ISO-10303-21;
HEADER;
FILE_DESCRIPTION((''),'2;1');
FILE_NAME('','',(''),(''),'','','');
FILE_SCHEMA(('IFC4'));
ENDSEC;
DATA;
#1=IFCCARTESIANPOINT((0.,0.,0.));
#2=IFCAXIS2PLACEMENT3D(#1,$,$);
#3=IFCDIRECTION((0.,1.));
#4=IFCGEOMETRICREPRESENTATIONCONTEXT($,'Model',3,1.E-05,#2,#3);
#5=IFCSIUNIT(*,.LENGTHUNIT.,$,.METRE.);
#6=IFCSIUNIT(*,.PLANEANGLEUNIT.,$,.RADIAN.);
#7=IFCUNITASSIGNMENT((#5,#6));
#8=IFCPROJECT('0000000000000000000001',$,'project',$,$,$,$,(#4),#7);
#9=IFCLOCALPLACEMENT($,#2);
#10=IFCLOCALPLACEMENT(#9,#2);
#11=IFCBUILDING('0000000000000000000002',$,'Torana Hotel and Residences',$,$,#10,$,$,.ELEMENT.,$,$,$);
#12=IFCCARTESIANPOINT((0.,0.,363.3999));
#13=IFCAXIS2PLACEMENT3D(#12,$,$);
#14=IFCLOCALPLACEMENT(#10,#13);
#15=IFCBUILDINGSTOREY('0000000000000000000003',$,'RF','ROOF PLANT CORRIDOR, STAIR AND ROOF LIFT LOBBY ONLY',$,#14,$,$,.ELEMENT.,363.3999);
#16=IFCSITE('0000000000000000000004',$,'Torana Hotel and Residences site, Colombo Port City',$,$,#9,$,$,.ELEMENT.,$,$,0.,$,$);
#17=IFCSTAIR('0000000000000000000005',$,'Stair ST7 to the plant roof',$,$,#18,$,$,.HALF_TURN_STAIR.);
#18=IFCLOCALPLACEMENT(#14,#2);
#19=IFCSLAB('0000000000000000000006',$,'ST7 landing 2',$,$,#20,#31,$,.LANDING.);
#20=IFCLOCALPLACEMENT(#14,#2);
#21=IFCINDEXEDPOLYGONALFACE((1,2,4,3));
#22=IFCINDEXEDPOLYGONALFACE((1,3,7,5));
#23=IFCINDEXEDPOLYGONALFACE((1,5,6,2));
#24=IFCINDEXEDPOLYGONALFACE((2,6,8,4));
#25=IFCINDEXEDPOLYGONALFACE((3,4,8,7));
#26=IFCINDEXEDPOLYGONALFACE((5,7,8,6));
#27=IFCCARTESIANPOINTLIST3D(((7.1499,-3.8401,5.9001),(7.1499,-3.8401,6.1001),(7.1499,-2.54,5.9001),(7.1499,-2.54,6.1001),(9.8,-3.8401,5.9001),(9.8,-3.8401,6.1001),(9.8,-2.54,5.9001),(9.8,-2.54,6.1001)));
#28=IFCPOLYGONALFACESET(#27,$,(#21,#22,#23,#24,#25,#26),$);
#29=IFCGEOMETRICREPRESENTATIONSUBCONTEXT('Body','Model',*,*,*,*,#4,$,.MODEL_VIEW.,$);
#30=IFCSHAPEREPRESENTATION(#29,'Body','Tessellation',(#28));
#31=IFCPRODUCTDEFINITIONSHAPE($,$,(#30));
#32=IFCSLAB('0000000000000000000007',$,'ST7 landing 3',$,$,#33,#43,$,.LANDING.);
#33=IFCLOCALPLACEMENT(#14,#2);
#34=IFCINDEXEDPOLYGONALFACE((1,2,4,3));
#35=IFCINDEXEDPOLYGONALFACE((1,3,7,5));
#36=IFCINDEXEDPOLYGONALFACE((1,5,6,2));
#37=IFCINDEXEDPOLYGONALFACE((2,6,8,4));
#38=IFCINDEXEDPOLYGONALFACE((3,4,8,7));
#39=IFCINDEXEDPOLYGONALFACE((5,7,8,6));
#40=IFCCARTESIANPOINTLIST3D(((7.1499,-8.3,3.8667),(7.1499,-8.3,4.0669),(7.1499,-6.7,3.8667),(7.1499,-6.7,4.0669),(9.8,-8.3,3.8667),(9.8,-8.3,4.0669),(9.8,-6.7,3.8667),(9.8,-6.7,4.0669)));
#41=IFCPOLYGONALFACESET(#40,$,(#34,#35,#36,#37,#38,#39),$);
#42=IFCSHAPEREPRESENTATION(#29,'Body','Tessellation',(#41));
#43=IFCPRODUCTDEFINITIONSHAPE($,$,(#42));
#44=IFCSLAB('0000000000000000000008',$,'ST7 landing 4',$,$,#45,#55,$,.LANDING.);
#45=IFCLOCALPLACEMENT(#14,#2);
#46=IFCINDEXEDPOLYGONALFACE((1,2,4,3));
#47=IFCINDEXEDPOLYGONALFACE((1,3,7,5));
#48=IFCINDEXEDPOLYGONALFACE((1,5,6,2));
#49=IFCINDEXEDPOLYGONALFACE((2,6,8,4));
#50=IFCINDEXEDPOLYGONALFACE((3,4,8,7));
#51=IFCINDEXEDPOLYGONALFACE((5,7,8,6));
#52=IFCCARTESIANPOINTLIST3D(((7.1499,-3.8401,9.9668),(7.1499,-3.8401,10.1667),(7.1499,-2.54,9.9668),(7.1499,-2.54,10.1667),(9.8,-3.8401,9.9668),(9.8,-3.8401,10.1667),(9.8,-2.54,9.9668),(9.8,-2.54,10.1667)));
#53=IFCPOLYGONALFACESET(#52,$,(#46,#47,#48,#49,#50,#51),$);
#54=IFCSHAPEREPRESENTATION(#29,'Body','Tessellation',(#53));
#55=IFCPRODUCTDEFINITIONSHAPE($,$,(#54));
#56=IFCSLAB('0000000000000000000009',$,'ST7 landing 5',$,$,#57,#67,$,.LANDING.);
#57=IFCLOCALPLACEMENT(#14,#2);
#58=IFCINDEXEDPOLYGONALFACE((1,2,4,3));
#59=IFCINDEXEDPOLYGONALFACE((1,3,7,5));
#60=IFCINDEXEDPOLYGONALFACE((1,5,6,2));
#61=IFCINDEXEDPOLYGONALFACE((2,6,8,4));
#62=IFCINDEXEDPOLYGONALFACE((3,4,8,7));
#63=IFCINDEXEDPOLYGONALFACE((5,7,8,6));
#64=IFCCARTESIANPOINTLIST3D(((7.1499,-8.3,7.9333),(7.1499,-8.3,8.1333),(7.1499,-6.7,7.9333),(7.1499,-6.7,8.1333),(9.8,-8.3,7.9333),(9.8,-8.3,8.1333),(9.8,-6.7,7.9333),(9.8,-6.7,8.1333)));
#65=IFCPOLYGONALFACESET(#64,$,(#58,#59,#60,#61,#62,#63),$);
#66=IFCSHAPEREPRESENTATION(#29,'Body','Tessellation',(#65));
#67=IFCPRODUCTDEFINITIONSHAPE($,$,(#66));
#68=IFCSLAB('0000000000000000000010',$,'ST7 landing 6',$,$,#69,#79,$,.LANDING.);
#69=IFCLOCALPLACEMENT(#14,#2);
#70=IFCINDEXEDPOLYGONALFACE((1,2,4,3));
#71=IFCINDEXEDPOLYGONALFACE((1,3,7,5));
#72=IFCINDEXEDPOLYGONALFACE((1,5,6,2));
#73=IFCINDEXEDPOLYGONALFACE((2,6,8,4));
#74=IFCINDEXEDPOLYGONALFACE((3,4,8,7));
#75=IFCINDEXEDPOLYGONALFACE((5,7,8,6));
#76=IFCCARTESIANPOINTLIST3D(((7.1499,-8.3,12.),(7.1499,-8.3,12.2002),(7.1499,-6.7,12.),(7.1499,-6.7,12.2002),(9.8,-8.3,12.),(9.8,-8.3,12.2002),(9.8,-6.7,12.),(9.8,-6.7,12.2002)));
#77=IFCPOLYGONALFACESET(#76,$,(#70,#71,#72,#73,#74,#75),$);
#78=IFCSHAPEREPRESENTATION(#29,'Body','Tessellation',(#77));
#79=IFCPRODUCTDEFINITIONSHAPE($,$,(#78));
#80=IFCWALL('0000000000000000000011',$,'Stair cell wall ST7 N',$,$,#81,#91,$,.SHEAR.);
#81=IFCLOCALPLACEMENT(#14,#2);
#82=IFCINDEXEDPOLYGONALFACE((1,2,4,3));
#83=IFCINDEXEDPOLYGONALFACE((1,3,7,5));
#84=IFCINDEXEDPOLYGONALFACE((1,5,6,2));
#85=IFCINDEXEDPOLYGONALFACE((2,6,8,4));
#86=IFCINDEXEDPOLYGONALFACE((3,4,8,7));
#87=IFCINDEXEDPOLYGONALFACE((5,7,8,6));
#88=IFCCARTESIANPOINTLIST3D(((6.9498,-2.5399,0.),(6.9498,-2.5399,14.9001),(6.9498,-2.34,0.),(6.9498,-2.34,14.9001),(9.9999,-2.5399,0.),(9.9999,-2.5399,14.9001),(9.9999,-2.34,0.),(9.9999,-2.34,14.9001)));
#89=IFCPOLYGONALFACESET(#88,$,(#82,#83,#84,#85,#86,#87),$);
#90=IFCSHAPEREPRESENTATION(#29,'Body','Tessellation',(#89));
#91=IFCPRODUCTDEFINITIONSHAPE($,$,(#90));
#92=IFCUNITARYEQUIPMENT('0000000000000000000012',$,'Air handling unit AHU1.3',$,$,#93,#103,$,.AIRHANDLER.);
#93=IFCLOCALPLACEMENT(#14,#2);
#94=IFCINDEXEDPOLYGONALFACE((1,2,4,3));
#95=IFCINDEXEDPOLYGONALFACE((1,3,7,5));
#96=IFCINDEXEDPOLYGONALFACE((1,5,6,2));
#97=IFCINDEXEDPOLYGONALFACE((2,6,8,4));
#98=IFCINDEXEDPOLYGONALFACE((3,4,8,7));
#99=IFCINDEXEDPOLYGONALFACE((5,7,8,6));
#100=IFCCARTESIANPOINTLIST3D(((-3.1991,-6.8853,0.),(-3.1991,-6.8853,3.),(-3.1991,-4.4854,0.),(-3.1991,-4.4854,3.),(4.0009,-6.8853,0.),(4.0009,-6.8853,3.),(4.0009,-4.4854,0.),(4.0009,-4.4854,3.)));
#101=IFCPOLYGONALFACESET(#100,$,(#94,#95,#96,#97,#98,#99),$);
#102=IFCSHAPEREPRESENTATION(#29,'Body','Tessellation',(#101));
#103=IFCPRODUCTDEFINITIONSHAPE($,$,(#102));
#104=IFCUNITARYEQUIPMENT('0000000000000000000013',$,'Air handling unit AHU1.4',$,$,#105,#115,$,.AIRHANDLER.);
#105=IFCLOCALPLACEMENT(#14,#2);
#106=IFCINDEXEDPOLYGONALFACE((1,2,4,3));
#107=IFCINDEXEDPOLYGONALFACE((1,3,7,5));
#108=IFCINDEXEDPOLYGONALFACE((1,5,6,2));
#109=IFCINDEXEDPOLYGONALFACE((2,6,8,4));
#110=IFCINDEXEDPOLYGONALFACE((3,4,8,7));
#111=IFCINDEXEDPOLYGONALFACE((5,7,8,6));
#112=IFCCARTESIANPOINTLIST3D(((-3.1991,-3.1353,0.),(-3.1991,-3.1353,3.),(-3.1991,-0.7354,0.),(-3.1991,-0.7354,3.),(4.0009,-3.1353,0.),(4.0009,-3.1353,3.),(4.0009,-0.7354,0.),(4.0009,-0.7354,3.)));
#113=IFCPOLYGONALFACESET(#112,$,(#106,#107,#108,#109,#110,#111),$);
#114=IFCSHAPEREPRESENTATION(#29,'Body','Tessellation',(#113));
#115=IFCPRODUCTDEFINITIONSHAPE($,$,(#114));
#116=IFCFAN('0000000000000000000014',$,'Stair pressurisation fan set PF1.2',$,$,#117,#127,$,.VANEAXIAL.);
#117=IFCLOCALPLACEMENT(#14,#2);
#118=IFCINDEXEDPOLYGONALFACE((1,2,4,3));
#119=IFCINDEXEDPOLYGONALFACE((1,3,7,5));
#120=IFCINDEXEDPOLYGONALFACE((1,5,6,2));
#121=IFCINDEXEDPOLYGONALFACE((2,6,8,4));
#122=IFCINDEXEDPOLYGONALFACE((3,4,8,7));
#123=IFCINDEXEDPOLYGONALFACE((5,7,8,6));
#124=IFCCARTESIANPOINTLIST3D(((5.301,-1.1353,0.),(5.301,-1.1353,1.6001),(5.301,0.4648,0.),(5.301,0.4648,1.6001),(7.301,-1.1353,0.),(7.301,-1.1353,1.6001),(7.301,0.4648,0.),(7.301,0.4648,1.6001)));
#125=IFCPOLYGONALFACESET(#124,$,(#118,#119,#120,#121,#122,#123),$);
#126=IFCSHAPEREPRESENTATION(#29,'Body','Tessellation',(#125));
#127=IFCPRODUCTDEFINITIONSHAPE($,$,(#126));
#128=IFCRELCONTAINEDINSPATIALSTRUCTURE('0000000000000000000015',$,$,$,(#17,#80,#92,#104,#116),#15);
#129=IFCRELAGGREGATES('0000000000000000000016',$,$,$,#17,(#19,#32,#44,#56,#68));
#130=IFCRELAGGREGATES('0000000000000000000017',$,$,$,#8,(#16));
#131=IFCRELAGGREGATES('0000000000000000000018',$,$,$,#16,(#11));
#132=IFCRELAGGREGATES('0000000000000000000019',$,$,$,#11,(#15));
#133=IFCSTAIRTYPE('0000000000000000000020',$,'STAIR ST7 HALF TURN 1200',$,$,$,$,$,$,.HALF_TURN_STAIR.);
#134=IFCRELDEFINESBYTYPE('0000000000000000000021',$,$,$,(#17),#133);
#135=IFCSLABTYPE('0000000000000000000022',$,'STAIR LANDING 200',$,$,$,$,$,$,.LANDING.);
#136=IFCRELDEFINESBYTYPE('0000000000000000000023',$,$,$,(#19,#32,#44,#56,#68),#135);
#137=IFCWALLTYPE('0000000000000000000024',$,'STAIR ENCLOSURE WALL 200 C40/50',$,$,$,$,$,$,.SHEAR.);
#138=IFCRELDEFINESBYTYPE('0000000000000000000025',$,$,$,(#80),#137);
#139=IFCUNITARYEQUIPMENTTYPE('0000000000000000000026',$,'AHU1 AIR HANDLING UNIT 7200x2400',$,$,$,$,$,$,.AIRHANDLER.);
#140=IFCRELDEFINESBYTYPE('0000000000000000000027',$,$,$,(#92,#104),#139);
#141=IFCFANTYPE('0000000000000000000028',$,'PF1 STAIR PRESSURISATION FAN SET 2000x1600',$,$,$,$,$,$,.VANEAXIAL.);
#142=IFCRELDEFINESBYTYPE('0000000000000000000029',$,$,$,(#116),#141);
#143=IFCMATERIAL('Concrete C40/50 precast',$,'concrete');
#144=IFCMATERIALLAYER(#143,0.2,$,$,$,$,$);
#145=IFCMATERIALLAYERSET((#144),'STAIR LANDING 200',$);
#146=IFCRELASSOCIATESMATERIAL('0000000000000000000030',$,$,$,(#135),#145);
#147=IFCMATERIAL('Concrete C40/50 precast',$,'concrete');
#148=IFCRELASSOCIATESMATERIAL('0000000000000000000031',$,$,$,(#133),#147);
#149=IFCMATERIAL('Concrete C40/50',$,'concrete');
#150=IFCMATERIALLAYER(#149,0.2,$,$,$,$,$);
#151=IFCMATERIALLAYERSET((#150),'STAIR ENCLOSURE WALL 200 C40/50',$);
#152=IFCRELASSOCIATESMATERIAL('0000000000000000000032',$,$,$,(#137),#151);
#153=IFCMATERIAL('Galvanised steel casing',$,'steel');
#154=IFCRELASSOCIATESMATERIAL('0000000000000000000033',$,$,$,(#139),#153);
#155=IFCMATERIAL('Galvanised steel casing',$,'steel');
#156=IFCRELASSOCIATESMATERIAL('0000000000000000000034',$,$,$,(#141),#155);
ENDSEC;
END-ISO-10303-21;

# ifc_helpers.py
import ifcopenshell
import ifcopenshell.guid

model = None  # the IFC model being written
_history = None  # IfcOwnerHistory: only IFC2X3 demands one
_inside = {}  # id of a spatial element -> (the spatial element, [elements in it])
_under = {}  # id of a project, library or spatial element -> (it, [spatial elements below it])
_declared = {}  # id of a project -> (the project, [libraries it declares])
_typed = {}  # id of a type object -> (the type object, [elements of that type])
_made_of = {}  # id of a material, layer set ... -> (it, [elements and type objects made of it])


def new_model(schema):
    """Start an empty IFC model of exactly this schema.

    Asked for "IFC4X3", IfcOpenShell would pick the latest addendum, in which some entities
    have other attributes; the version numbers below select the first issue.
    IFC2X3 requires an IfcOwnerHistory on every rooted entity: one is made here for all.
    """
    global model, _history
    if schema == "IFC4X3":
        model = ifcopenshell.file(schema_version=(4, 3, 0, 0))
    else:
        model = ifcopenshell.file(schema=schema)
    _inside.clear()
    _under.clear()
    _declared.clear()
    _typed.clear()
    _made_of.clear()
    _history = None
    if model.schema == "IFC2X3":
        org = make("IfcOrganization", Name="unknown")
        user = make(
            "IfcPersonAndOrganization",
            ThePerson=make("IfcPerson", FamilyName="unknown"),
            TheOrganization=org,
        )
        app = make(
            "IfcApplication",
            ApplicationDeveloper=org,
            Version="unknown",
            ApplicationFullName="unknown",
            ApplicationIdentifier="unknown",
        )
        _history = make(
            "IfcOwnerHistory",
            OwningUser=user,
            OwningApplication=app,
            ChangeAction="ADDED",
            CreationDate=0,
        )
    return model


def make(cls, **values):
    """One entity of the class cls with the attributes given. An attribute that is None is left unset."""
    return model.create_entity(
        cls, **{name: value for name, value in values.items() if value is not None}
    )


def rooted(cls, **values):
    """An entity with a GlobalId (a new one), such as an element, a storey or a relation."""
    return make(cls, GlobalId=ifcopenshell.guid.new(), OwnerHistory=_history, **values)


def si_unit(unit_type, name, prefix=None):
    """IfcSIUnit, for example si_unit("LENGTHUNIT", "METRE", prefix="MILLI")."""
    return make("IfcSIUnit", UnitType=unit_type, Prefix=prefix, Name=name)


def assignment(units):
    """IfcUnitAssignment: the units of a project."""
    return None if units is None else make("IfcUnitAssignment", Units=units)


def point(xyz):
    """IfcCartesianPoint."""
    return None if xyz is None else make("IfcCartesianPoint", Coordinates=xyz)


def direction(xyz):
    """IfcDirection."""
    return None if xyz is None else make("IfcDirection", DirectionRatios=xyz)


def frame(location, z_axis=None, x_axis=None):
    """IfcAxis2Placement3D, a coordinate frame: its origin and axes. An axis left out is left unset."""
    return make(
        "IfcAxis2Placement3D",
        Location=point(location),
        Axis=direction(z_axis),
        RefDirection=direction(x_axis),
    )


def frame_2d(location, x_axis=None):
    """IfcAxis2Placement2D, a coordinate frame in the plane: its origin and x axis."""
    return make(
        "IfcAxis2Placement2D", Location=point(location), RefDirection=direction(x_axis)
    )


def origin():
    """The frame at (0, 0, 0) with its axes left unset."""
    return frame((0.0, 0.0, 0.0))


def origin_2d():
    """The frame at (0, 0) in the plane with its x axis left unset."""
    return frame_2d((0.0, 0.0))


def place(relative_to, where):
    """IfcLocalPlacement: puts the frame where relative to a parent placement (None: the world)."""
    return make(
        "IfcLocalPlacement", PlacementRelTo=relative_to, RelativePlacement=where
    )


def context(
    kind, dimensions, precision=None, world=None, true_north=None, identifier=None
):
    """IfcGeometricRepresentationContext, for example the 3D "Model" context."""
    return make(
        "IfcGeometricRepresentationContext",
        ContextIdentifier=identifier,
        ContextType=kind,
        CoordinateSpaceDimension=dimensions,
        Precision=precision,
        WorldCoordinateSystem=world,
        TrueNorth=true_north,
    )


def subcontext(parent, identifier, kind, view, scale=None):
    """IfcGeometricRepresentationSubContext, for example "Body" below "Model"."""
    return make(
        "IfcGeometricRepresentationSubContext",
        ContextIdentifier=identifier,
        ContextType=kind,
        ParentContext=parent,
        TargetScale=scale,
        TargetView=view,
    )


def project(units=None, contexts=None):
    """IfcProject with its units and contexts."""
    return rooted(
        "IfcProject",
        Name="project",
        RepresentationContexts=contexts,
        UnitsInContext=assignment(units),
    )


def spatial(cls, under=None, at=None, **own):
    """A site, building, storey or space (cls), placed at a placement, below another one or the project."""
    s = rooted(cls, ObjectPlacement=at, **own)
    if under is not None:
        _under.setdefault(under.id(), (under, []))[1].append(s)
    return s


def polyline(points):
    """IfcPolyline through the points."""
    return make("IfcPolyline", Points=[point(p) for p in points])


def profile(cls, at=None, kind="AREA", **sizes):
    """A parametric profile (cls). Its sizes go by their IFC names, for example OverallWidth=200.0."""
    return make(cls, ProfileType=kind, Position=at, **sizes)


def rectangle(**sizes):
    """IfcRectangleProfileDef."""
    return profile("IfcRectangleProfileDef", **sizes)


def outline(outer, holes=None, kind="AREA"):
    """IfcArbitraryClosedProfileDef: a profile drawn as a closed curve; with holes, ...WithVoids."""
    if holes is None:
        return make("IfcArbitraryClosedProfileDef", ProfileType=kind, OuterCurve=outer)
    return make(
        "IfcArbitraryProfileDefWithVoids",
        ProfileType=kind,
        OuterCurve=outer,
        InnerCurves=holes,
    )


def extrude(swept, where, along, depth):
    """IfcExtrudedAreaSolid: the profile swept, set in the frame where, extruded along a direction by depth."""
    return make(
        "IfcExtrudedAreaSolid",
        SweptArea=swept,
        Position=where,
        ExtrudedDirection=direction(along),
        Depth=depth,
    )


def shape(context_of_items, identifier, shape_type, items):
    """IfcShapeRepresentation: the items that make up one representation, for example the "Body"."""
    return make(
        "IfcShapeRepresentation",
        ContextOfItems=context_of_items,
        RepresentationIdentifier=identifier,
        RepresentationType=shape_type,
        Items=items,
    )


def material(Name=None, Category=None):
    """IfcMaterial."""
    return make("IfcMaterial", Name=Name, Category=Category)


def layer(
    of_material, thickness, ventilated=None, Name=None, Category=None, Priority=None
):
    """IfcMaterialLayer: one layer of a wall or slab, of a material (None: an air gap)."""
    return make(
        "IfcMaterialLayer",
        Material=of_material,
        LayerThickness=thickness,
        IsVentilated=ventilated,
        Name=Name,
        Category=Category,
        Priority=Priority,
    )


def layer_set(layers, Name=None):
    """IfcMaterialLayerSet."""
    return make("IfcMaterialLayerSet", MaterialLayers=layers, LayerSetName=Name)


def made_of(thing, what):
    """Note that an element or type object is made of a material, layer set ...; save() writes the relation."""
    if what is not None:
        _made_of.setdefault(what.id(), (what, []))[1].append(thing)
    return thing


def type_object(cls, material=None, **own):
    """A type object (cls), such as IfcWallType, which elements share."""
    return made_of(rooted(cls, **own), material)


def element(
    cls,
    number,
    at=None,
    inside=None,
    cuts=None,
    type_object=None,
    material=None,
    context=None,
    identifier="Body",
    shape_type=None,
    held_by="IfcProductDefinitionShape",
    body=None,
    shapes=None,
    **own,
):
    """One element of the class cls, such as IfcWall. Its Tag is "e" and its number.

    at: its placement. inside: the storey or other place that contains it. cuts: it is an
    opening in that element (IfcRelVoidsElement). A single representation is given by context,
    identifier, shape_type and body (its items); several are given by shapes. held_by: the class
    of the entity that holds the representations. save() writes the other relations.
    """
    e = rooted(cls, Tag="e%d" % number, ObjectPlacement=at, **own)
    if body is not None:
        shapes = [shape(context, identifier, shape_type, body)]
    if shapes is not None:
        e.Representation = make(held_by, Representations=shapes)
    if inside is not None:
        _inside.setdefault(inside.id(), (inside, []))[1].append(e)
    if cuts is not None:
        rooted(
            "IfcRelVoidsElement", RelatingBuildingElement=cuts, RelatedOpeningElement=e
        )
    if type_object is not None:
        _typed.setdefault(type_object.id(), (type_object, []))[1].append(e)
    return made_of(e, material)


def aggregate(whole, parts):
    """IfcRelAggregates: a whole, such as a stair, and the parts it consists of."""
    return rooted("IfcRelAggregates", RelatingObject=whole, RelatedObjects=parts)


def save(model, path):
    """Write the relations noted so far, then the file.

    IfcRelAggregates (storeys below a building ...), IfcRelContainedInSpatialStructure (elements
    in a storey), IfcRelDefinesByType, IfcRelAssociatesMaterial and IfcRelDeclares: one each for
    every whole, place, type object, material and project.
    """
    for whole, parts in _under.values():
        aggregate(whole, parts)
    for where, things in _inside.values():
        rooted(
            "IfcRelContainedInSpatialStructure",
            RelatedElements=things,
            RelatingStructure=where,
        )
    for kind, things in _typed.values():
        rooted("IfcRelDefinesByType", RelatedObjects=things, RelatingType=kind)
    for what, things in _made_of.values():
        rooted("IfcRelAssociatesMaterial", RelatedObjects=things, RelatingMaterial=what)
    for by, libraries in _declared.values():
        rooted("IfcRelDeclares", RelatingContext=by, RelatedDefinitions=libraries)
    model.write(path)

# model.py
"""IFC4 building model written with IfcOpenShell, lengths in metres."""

from ifc_helpers import new_model, si_unit, direction, frame, frame_2d, origin, origin_2d, place, context, subcontext, project, spatial, polyline, rectangle, outline, extrude, material, layer, layer_set, type_object, element, aggregate, save


model = new_model("IFC4")

# Units and contexts
model_context = context("Model", 3, precision=1e-05, world=origin(), true_north=direction((0.0, 1.0)))
body_context = subcontext(model_context, "Body", "Model", "MODEL_VIEW")
ifc_project = project(units=[si_unit("LENGTHUNIT", "METRE"), si_unit("PLANEANGLEUNIT", "RADIAN")], contexts=[model_context])

# Site, building, storey
site_placement = place(None, origin())
site = spatial("IfcSite", under=ifc_project, at=site_placement, Name="Torana Hotel and Residences site, Colombo Port City", CompositionType="ELEMENT", RefElevation=0.0)
building_placement = place(site_placement, origin())
building = spatial("IfcBuilding", under=site, at=building_placement, Name="Torana Hotel and Residences", CompositionType="ELEMENT")
storey_placement = place(building_placement, frame((0.0, 0.0, 363.3999)))
storey = spatial("IfcBuildingStorey", under=building, at=storey_placement, Name="RF", Description="ROOF PLANT CORRIDOR, STAIR AND ROOF LIFT LOBBY ONLY", CompositionType="ELEMENT", Elevation=363.3999)

# Stair, slabs
ifc_material_1 = material(Name="Concrete C40/50 precast", Category="concrete")
ifc_layer_1 = layer(ifc_material_1, 0.2)
ifc_layer_set_1 = layer_set([ifc_layer_1], Name="STAIR LANDING 200")
slab_type = type_object("IfcSlabType", Name="STAIR LANDING 200", PredefinedType="LANDING", material=ifc_layer_set_1)
ifc_material_2 = material(Name="Concrete C40/50 precast", Category="concrete")
stair_type_1 = type_object("IfcStairType", Name="STAIR ST7 HALF TURN 1200", PredefinedType="HALF_TURN_STAIR", material=ifc_material_2)
stair_1_placement = place(storey_placement, origin())
stair_1 = element("IfcStair", 1, at=stair_1_placement, inside=storey, type_object=stair_type_1, Name="Stair ST7 to the plant roof", PredefinedType="HALF_TURN_STAIR")
slab_1_placement = place(storey_placement, frame((0.0, 0.0, 5.9001)))
slab_1 = element("IfcSlab", 2, at=slab_1_placement, type_object=slab_type, Name="ST7 landing 2", PredefinedType="LANDING", context=body_context, shape_type="SweptSolid", body=[
    extrude(outline(polyline([(7.1499, -3.8401), (9.8, -3.8401), (9.8, -2.54), (7.1499, -2.54), (7.1499, -3.8401)])), origin(), (0.0, 0.0, 1.0), 0.2),
])
slab_2_placement = place(storey_placement, frame((0.0, 0.0, 3.8667)))
slab_2 = element("IfcSlab", 3, at=slab_2_placement, type_object=slab_type, Name="ST7 landing 3", PredefinedType="LANDING", context=body_context, shape_type="SweptSolid", body=[
    extrude(outline(polyline([(7.1499, -8.3), (9.8, -8.3), (9.8, -6.7), (7.1499, -6.7), (7.1499, -8.3)])), origin(), (0.0, 0.0, 1.0), 0.2002),
])
slab_3_placement = place(storey_placement, frame((0.0, 0.0, 9.9668)))
slab_3 = element("IfcSlab", 4, at=slab_3_placement, type_object=slab_type, Name="ST7 landing 4", PredefinedType="LANDING", context=body_context, shape_type="SweptSolid", body=[
    extrude(outline(polyline([(7.1499, -3.8401), (9.8, -3.8401), (9.8, -2.54), (7.1499, -2.54), (7.1499, -3.8401)])), origin(), (0.0, 0.0, 1.0), 0.2),
])
slab_4_placement = place(storey_placement, frame((0.0, 0.0, 7.9333)))
slab_4 = element("IfcSlab", 5, at=slab_4_placement, type_object=slab_type, Name="ST7 landing 5", PredefinedType="LANDING", context=body_context, shape_type="SweptSolid", body=[
    extrude(outline(polyline([(7.1499, -8.3), (9.8, -8.3), (9.8, -6.7), (7.1499, -6.7), (7.1499, -8.3)])), origin(), (0.0, 0.0, 1.0), 0.2),
])
slab_5_placement = place(storey_placement, frame((0.0, 0.0, 12.0)))
slab_5 = element("IfcSlab", 6, at=slab_5_placement, type_object=slab_type, Name="ST7 landing 6", PredefinedType="LANDING", context=body_context, shape_type="SweptSolid", body=[
    extrude(outline(polyline([(7.1499, -8.3), (9.8, -8.3), (9.8, -6.7), (7.1499, -6.7), (7.1499, -8.3)])), origin(), (0.0, 0.0, 1.0), 0.2002),
])
aggregate(stair_1, [slab_1, slab_2, slab_3, slab_4, slab_5])

# Wall
ifc_material_3 = material(Name="Concrete C40/50", Category="concrete")
ifc_layer_2 = layer(ifc_material_3, 0.2)
ifc_layer_set_2 = layer_set([ifc_layer_2], Name="STAIR ENCLOSURE WALL 200 C40/50")
wall_type = type_object("IfcWallType", Name="STAIR ENCLOSURE WALL 200 C40/50", PredefinedType="SHEAR", material=ifc_layer_set_2)
wall_placement = place(storey_placement, frame((6.95, -2.4399, 0.0), z_axis=(0.0, 0.0, 1.0), x_axis=(1.0, 0.0, 0.0)))
element("IfcWall", 7, at=wall_placement, inside=storey, type_object=wall_type, Name="Stair cell wall ST7 N", PredefinedType="SHEAR", context=body_context, shape_type="SweptSolid", body=[
    extrude(rectangle(XDim=3.05, YDim=0.2, at=frame_2d((1.5249, 0.0))), origin(), (0.0, 0.0, 1.0), 14.9001),
])

# Unitary equipment
ifc_material_4 = material(Name="Galvanised steel casing", Category="steel")
unitary_equipment_type = type_object("IfcUnitaryEquipmentType", Name="AHU1 AIR HANDLING UNIT 7200x2400", PredefinedType="AIRHANDLER", material=ifc_material_4)
for number, where, z_axis, x_axis, name in (
    (8, (0.4009, -5.6853, 0.0), (0.0, 0.0, 1.0), (1.0, 0.0, 0.0), "Air handling unit AHU1.3"),
    (9, (0.4009, -1.9353, 0.0), (0.0, 0.0, 1.0), (1.0, 0.0, 0.0), "Air handling unit AHU1.4"),
):
    element("IfcUnitaryEquipment", number, at=place(storey_placement, frame(where, z_axis=z_axis, x_axis=x_axis)), inside=storey, type_object=unitary_equipment_type, Name=name, PredefinedType="AIRHANDLER", context=body_context, shape_type="SweptSolid", body=[
        extrude(rectangle(XDim=7.2, YDim=2.3999, at=origin_2d()), origin(), (0.0, 0.0, 1.0), 3.0),
    ])

# Fan
ifc_material_5 = material(Name="Galvanised steel casing", Category="steel")
fan_type = type_object("IfcFanType", Name="PF1 STAIR PRESSURISATION FAN SET 2000x1600", PredefinedType="VANEAXIAL", material=ifc_material_5)
fan_placement = place(storey_placement, frame((6.301, -0.3352, 0.0), z_axis=(0.0, 0.0, 1.0), x_axis=(1.0, 0.0, 0.0)))
element("IfcFan", 10, at=fan_placement, inside=storey, type_object=fan_type, Name="Stair pressurisation fan set PF1.2", PredefinedType="VANEAXIAL", context=body_context, shape_type="SweptSolid", body=[
    extrude(rectangle(XDim=2.0, YDim=1.6001, at=origin_2d()), origin(), (0.0, 0.0, 1.0), 1.6001),
])

save(model, "model.ifc")
